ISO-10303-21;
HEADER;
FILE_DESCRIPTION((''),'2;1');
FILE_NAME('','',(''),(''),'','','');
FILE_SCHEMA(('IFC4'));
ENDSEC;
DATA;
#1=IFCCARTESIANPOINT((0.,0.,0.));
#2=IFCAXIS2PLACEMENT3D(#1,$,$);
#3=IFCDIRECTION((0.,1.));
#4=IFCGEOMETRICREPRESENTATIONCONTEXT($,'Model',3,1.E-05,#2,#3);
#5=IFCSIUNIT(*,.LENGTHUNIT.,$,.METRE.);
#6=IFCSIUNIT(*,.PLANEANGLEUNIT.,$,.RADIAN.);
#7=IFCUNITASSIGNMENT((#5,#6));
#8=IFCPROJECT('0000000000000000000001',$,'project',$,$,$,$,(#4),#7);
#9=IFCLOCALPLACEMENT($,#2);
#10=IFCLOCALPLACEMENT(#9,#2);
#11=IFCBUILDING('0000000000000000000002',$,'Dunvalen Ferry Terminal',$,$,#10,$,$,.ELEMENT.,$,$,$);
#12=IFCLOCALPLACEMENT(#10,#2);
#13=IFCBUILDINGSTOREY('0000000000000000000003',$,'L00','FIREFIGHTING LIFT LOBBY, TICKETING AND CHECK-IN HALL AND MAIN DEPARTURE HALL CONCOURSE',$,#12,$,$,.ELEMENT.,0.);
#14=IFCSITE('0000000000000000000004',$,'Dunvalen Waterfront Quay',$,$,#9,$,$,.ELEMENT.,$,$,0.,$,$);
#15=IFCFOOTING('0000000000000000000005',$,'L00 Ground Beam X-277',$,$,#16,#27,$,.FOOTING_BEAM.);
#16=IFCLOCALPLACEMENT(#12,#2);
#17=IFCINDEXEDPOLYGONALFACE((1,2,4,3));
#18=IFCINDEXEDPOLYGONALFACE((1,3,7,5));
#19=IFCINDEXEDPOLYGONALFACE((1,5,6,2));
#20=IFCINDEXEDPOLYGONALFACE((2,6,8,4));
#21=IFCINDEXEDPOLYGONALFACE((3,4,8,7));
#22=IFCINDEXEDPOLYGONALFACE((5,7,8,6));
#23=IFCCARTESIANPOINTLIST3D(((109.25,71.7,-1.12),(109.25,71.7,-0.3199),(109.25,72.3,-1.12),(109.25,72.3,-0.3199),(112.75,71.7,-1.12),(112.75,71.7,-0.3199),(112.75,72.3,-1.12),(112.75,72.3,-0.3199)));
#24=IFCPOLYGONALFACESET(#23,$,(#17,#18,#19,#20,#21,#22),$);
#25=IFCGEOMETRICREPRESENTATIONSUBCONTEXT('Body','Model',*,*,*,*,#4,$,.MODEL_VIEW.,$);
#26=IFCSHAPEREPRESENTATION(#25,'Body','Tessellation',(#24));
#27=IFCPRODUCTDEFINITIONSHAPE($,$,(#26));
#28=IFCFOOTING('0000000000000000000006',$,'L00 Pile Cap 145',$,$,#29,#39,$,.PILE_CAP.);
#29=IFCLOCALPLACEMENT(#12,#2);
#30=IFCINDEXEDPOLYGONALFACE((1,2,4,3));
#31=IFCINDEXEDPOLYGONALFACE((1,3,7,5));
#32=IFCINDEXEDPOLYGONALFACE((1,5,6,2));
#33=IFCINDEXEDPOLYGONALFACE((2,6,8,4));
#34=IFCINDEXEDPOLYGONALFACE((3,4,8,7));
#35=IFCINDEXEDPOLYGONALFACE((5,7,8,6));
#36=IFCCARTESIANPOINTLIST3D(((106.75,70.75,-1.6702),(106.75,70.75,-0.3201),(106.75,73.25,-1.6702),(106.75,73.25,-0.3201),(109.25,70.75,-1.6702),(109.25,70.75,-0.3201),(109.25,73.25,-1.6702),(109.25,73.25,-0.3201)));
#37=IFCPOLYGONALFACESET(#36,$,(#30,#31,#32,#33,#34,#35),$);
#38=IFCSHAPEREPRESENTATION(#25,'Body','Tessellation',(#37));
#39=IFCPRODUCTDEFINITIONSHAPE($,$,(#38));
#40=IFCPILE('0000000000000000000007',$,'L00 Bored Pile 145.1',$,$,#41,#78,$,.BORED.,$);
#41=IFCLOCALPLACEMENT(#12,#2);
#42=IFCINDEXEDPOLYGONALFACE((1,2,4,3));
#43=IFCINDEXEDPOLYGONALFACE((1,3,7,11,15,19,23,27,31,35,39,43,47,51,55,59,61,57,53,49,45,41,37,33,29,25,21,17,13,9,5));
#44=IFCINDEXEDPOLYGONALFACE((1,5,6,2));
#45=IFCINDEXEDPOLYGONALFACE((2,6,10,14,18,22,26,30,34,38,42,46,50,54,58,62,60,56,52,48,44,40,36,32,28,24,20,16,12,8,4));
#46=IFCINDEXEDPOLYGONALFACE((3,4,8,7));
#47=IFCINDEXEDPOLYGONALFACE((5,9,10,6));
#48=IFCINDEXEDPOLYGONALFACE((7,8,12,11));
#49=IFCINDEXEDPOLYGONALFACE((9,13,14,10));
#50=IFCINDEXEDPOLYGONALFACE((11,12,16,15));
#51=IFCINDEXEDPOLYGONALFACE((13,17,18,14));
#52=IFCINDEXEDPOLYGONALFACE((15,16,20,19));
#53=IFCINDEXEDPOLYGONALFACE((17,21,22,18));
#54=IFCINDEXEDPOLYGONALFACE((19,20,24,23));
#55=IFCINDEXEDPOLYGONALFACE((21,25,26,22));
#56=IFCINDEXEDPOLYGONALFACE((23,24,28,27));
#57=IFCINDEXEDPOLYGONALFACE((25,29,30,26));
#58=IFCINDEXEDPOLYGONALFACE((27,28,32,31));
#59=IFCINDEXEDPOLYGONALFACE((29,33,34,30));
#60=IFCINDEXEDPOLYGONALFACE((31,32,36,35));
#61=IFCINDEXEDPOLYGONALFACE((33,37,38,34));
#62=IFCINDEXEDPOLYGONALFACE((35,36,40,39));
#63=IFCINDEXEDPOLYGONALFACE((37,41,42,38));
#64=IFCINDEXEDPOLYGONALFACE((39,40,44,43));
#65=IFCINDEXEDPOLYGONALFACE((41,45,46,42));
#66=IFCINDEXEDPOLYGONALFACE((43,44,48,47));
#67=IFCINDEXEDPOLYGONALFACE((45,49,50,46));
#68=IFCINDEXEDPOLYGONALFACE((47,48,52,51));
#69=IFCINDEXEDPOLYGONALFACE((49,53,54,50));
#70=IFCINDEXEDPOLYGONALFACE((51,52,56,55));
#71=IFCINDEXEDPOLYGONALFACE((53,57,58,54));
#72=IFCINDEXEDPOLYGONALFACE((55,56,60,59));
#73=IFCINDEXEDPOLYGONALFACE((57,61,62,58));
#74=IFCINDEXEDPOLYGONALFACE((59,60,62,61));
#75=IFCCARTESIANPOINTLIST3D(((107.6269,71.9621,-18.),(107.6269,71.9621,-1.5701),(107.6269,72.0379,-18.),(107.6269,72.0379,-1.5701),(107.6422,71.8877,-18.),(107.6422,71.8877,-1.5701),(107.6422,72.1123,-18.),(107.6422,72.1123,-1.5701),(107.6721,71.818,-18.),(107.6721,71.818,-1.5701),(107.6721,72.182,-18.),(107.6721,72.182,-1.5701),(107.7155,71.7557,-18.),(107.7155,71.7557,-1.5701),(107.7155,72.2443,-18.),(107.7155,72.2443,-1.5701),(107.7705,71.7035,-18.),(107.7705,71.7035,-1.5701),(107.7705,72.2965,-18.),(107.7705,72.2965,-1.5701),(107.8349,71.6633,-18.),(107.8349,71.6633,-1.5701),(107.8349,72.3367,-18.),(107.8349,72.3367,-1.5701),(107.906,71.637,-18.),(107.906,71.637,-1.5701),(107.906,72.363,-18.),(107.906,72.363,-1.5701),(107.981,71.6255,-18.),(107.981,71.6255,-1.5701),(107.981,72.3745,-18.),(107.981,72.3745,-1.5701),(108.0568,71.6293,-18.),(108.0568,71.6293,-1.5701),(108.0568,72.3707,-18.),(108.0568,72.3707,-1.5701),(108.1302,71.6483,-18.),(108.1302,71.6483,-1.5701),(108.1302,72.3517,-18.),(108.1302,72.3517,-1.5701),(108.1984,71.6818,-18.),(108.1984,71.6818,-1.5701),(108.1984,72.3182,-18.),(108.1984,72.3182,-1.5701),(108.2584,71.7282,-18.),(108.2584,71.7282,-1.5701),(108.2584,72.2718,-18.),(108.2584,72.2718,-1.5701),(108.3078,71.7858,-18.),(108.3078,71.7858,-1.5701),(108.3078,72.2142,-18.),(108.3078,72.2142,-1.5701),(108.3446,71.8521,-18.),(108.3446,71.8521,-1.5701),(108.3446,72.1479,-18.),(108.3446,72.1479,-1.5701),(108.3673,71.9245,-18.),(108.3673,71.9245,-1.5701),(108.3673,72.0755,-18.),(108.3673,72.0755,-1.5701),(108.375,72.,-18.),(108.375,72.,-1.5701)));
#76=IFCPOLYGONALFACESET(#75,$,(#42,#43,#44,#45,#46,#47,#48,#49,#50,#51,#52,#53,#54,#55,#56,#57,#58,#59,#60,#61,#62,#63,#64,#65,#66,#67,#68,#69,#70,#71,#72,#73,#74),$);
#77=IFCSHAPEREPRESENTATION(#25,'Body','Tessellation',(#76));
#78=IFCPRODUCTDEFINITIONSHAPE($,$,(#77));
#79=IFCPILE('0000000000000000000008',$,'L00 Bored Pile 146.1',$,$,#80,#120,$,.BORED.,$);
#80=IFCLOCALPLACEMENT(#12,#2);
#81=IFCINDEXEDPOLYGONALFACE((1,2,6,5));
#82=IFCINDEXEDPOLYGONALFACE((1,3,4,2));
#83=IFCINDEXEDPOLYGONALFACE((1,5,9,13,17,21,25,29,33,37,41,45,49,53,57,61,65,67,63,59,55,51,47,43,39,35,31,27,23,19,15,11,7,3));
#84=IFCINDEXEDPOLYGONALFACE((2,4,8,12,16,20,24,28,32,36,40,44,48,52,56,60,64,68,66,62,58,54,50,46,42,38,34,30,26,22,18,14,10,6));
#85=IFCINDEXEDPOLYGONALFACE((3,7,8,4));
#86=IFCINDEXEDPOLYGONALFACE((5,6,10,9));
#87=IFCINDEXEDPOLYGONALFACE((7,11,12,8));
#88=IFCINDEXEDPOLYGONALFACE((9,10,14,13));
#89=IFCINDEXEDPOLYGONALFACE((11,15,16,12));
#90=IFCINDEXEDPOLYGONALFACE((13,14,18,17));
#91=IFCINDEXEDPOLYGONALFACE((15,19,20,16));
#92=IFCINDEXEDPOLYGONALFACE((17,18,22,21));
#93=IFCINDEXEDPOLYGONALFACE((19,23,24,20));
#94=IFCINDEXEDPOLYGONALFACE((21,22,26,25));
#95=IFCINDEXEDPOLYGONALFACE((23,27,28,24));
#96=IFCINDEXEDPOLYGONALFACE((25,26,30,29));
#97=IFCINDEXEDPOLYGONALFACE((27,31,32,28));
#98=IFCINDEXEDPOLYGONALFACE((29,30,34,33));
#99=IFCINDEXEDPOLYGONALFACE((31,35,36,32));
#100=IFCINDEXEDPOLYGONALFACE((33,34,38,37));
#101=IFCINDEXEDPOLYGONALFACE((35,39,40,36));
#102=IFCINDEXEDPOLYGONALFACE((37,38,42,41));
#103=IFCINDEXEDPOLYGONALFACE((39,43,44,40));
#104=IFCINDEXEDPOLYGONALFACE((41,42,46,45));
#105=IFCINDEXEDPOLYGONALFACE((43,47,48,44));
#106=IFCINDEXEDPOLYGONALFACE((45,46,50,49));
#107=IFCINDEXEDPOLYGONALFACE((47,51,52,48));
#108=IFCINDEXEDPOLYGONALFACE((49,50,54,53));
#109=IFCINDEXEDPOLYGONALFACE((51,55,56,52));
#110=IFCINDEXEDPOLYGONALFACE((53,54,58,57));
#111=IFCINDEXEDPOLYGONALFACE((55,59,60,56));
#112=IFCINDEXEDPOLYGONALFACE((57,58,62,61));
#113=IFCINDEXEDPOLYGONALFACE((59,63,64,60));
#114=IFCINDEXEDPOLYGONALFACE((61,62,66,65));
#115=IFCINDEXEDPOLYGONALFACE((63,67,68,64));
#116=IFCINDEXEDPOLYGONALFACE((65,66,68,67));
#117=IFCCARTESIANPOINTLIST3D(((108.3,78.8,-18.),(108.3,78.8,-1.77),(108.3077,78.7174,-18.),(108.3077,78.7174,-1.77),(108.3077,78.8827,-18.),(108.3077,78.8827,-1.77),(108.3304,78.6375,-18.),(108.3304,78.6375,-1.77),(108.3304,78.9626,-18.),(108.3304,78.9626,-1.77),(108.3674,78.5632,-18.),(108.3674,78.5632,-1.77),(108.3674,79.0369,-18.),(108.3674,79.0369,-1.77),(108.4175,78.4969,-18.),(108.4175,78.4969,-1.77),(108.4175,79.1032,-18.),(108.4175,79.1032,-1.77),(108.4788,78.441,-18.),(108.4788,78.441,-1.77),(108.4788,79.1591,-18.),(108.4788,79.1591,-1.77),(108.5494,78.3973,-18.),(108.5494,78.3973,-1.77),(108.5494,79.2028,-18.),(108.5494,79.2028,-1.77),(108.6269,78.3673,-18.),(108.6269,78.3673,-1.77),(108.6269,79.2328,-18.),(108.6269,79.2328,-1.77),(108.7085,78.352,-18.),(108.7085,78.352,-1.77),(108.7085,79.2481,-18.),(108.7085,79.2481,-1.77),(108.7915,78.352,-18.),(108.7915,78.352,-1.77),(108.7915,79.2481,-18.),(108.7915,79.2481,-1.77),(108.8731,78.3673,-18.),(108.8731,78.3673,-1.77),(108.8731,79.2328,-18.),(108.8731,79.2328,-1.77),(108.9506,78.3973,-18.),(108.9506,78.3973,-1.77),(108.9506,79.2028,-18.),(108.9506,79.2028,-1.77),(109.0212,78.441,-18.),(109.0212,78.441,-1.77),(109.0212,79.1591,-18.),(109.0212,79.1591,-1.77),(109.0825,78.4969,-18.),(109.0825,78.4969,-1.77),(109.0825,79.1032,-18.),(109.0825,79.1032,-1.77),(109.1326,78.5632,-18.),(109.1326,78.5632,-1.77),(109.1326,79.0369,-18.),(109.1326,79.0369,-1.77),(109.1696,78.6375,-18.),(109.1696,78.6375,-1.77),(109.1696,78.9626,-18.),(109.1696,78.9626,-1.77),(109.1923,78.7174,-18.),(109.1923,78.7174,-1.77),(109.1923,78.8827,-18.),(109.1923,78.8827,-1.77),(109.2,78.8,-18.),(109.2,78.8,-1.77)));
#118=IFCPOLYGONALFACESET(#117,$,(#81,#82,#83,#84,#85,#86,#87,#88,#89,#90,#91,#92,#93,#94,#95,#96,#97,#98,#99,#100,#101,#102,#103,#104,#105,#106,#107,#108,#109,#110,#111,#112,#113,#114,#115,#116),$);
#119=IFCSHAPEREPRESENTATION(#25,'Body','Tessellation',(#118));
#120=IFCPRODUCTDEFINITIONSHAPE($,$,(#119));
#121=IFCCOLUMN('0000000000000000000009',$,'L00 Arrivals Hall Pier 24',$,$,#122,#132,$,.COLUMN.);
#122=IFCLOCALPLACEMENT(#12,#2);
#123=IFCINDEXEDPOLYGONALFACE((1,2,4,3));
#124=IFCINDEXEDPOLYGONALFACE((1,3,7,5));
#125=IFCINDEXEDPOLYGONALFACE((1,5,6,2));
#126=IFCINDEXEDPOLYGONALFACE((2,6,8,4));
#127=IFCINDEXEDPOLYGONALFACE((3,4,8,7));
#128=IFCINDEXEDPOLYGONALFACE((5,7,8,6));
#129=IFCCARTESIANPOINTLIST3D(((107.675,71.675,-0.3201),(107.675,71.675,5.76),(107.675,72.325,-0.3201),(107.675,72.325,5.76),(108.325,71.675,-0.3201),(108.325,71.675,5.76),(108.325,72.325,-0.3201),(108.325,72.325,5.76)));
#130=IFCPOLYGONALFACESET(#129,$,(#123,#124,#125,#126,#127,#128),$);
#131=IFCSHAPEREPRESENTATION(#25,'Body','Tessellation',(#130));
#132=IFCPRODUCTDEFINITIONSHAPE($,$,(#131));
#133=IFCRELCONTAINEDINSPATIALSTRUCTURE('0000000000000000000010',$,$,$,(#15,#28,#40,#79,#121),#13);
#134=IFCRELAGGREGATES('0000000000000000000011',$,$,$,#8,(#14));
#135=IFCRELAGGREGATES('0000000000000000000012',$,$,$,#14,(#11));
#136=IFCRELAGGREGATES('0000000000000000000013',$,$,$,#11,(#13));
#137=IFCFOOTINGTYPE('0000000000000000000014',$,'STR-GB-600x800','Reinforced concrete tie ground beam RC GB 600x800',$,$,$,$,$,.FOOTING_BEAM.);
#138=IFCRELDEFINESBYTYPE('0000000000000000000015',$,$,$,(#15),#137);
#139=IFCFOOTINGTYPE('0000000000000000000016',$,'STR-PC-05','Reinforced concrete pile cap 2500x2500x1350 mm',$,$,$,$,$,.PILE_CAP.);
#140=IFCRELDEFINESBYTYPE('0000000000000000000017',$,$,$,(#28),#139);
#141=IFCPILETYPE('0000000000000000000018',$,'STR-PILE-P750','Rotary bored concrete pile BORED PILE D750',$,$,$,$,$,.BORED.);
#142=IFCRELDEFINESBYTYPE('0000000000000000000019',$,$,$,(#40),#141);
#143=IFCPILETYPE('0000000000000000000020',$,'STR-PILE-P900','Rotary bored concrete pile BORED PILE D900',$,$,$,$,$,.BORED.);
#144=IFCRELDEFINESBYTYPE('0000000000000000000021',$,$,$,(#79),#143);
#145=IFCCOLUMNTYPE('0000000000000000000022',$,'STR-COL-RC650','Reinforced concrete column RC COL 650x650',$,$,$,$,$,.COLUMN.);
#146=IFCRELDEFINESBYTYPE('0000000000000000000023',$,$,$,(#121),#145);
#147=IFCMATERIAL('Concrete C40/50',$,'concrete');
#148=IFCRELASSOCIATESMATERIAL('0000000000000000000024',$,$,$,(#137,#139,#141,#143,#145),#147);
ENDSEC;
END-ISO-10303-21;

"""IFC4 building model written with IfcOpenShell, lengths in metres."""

from ifc_helpers import new_model, si_unit, direction, frame, origin, origin_2d, place, context, subcontext, project, spatial, rectangle, circle, extrude, material, material_profile, profile_set, type_object, element, save


model = new_model("IFC4")

# Units and contexts
model_context = context("Model", 3, precision=1e-05, world=origin(), true_north=direction((0.0, 1.0)))
body_context = subcontext(model_context, "Body", "Model", "MODEL_VIEW")
ifc_project = project(units=[si_unit("LENGTHUNIT", "METRE"), si_unit("PLANEANGLEUNIT", "RADIAN")], contexts=[model_context])

# Site, building, storey
site_placement = place(None, origin())
site = spatial("IfcSite", under=ifc_project, at=site_placement, Name="Dunvalen Waterfront Quay", CompositionType="ELEMENT", RefElevation=0.0)
building_placement = place(site_placement, origin())
building = spatial("IfcBuilding", under=site, at=building_placement, Name="Dunvalen Ferry Terminal", CompositionType="ELEMENT")
storey_placement = place(building_placement, origin())
storey = spatial("IfcBuildingStorey", under=building, at=storey_placement, Name="L00", Description="FIREFIGHTING LIFT LOBBY, TICKETING AND CHECK-IN HALL AND MAIN DEPARTURE HALL CONCOURSE", CompositionType="ELEMENT", Elevation=0.0)

# Footings
ifc_material_1 = material(Name="Concrete C40/50", Category="concrete")
ifc_material_profile_1 = material_profile(ifc_material_1, rectangle(XDim=0.6001, YDim=0.8, at=origin_2d()), Name="Concrete C40/50")
ifc_profile_set_1 = profile_set([ifc_material_profile_1], Name="Concrete C40/50")
footing_type_1 = type_object("IfcFootingType", Name="STR-GB-600x800", Description="Reinforced concrete tie ground beam RC GB 600x800", PredefinedType="FOOTING_BEAM", material=ifc_profile_set_1)
footing_1_placement = place(storey_placement, frame((109.25, 72.0, -0.72), z_axis=(1.0, 0.0, 0.0), x_axis=(0.0, 1.0, 0.0)))
element("IfcFooting", 1, at=footing_1_placement, inside=storey, type_object=footing_type_1, Name="L00 Ground Beam X-277", PredefinedType="FOOTING_BEAM", context=body_context, shape_type="SweptSolid", body=[
    extrude(rectangle(XDim=0.6001, YDim=0.8, at=origin_2d()), origin(), (0.0, 0.0, 1.0), 3.5),
])
footing_type_2 = type_object("IfcFootingType", Name="STR-PC-05", Description="Reinforced concrete pile cap 2500x2500x1350 mm", PredefinedType="PILE_CAP", material=ifc_material_1)
footing_2_placement = place(storey_placement, frame((108.0, 72.0, -1.6702), z_axis=(0.0, 0.0, 1.0), x_axis=(1.0, 0.0, 0.0)))
element("IfcFooting", 2, at=footing_2_placement, inside=storey, type_object=footing_type_2, Name="L00 Pile Cap 145", PredefinedType="PILE_CAP", context=body_context, shape_type="SweptSolid", body=[
    extrude(rectangle(XDim=2.5, YDim=2.5, at=origin_2d()), origin(), (0.0, 0.0, 1.0), 1.3501),
])

# Piles
ifc_material_profile_2 = material_profile(ifc_material_1, circle(Radius=0.375, at=origin_2d()), Name="Concrete C40/50")
ifc_profile_set_2 = profile_set([ifc_material_profile_2], Name="Concrete C40/50")
pile_type_1 = type_object("IfcPileType", Name="STR-PILE-P750", Description="Rotary bored concrete pile BORED PILE D750", PredefinedType="BORED", material=ifc_profile_set_2)
pile_1_placement = place(storey_placement, frame((108.0, 72.0, -1.5701), z_axis=(0.0, 0.0, -1.0), x_axis=(1.0, 0.0, 0.0)))
element("IfcPile", 3, at=pile_1_placement, inside=storey, type_object=pile_type_1, Name="L00 Bored Pile 145.1", PredefinedType="BORED", context=body_context, shape_type="SweptSolid", body=[
    extrude(circle(Radius=0.375, at=origin_2d()), origin(), (0.0, 0.0, 1.0), 16.4299),
])
ifc_material_profile_3 = material_profile(ifc_material_1, circle(Radius=0.45, at=origin_2d()), Name="Concrete C40/50")
ifc_profile_set_3 = profile_set([ifc_material_profile_3], Name="Concrete C40/50")
pile_type_2 = type_object("IfcPileType", Name="STR-PILE-P900", Description="Rotary bored concrete pile BORED PILE D900", PredefinedType="BORED", material=ifc_profile_set_3)
pile_2_placement = place(storey_placement, frame((108.75, 78.8, -1.77), z_axis=(0.0, 0.0, -1.0), x_axis=(1.0, 0.0, 0.0)))
element("IfcPile", 4, at=pile_2_placement, inside=storey, type_object=pile_type_2, Name="L00 Bored Pile 146.1", PredefinedType="BORED", context=body_context, shape_type="SweptSolid", body=[
    extrude(circle(Radius=0.45, at=origin_2d()), origin(), (0.0, 0.0, 1.0), 16.23),
])

# Column
ifc_material_profile_4 = material_profile(ifc_material_1, rectangle(XDim=0.6499, YDim=0.6499, at=origin_2d()), Name="Concrete C40/50")
ifc_profile_set_4 = profile_set([ifc_material_profile_4], Name="Concrete C40/50")
column_type = type_object("IfcColumnType", Name="STR-COL-RC650", Description="Reinforced concrete column RC COL 650x650", PredefinedType="COLUMN", material=ifc_profile_set_4)
column_placement = place(storey_placement, frame((108.0, 72.0, -0.3201), z_axis=(0.0, 0.0, 1.0), x_axis=(1.0, 0.0, 0.0)))
element("IfcColumn", 5, at=column_placement, inside=storey, type_object=column_type, Name="L00 Arrivals Hall Pier 24", PredefinedType="COLUMN", context=body_context, shape_type="SweptSolid", body=[
    extrude(rectangle(XDim=0.6499, YDim=0.6499, at=origin_2d()), origin(), (0.0, 0.0, 1.0), 6.0801),
])

save(model, "model.ifc")
